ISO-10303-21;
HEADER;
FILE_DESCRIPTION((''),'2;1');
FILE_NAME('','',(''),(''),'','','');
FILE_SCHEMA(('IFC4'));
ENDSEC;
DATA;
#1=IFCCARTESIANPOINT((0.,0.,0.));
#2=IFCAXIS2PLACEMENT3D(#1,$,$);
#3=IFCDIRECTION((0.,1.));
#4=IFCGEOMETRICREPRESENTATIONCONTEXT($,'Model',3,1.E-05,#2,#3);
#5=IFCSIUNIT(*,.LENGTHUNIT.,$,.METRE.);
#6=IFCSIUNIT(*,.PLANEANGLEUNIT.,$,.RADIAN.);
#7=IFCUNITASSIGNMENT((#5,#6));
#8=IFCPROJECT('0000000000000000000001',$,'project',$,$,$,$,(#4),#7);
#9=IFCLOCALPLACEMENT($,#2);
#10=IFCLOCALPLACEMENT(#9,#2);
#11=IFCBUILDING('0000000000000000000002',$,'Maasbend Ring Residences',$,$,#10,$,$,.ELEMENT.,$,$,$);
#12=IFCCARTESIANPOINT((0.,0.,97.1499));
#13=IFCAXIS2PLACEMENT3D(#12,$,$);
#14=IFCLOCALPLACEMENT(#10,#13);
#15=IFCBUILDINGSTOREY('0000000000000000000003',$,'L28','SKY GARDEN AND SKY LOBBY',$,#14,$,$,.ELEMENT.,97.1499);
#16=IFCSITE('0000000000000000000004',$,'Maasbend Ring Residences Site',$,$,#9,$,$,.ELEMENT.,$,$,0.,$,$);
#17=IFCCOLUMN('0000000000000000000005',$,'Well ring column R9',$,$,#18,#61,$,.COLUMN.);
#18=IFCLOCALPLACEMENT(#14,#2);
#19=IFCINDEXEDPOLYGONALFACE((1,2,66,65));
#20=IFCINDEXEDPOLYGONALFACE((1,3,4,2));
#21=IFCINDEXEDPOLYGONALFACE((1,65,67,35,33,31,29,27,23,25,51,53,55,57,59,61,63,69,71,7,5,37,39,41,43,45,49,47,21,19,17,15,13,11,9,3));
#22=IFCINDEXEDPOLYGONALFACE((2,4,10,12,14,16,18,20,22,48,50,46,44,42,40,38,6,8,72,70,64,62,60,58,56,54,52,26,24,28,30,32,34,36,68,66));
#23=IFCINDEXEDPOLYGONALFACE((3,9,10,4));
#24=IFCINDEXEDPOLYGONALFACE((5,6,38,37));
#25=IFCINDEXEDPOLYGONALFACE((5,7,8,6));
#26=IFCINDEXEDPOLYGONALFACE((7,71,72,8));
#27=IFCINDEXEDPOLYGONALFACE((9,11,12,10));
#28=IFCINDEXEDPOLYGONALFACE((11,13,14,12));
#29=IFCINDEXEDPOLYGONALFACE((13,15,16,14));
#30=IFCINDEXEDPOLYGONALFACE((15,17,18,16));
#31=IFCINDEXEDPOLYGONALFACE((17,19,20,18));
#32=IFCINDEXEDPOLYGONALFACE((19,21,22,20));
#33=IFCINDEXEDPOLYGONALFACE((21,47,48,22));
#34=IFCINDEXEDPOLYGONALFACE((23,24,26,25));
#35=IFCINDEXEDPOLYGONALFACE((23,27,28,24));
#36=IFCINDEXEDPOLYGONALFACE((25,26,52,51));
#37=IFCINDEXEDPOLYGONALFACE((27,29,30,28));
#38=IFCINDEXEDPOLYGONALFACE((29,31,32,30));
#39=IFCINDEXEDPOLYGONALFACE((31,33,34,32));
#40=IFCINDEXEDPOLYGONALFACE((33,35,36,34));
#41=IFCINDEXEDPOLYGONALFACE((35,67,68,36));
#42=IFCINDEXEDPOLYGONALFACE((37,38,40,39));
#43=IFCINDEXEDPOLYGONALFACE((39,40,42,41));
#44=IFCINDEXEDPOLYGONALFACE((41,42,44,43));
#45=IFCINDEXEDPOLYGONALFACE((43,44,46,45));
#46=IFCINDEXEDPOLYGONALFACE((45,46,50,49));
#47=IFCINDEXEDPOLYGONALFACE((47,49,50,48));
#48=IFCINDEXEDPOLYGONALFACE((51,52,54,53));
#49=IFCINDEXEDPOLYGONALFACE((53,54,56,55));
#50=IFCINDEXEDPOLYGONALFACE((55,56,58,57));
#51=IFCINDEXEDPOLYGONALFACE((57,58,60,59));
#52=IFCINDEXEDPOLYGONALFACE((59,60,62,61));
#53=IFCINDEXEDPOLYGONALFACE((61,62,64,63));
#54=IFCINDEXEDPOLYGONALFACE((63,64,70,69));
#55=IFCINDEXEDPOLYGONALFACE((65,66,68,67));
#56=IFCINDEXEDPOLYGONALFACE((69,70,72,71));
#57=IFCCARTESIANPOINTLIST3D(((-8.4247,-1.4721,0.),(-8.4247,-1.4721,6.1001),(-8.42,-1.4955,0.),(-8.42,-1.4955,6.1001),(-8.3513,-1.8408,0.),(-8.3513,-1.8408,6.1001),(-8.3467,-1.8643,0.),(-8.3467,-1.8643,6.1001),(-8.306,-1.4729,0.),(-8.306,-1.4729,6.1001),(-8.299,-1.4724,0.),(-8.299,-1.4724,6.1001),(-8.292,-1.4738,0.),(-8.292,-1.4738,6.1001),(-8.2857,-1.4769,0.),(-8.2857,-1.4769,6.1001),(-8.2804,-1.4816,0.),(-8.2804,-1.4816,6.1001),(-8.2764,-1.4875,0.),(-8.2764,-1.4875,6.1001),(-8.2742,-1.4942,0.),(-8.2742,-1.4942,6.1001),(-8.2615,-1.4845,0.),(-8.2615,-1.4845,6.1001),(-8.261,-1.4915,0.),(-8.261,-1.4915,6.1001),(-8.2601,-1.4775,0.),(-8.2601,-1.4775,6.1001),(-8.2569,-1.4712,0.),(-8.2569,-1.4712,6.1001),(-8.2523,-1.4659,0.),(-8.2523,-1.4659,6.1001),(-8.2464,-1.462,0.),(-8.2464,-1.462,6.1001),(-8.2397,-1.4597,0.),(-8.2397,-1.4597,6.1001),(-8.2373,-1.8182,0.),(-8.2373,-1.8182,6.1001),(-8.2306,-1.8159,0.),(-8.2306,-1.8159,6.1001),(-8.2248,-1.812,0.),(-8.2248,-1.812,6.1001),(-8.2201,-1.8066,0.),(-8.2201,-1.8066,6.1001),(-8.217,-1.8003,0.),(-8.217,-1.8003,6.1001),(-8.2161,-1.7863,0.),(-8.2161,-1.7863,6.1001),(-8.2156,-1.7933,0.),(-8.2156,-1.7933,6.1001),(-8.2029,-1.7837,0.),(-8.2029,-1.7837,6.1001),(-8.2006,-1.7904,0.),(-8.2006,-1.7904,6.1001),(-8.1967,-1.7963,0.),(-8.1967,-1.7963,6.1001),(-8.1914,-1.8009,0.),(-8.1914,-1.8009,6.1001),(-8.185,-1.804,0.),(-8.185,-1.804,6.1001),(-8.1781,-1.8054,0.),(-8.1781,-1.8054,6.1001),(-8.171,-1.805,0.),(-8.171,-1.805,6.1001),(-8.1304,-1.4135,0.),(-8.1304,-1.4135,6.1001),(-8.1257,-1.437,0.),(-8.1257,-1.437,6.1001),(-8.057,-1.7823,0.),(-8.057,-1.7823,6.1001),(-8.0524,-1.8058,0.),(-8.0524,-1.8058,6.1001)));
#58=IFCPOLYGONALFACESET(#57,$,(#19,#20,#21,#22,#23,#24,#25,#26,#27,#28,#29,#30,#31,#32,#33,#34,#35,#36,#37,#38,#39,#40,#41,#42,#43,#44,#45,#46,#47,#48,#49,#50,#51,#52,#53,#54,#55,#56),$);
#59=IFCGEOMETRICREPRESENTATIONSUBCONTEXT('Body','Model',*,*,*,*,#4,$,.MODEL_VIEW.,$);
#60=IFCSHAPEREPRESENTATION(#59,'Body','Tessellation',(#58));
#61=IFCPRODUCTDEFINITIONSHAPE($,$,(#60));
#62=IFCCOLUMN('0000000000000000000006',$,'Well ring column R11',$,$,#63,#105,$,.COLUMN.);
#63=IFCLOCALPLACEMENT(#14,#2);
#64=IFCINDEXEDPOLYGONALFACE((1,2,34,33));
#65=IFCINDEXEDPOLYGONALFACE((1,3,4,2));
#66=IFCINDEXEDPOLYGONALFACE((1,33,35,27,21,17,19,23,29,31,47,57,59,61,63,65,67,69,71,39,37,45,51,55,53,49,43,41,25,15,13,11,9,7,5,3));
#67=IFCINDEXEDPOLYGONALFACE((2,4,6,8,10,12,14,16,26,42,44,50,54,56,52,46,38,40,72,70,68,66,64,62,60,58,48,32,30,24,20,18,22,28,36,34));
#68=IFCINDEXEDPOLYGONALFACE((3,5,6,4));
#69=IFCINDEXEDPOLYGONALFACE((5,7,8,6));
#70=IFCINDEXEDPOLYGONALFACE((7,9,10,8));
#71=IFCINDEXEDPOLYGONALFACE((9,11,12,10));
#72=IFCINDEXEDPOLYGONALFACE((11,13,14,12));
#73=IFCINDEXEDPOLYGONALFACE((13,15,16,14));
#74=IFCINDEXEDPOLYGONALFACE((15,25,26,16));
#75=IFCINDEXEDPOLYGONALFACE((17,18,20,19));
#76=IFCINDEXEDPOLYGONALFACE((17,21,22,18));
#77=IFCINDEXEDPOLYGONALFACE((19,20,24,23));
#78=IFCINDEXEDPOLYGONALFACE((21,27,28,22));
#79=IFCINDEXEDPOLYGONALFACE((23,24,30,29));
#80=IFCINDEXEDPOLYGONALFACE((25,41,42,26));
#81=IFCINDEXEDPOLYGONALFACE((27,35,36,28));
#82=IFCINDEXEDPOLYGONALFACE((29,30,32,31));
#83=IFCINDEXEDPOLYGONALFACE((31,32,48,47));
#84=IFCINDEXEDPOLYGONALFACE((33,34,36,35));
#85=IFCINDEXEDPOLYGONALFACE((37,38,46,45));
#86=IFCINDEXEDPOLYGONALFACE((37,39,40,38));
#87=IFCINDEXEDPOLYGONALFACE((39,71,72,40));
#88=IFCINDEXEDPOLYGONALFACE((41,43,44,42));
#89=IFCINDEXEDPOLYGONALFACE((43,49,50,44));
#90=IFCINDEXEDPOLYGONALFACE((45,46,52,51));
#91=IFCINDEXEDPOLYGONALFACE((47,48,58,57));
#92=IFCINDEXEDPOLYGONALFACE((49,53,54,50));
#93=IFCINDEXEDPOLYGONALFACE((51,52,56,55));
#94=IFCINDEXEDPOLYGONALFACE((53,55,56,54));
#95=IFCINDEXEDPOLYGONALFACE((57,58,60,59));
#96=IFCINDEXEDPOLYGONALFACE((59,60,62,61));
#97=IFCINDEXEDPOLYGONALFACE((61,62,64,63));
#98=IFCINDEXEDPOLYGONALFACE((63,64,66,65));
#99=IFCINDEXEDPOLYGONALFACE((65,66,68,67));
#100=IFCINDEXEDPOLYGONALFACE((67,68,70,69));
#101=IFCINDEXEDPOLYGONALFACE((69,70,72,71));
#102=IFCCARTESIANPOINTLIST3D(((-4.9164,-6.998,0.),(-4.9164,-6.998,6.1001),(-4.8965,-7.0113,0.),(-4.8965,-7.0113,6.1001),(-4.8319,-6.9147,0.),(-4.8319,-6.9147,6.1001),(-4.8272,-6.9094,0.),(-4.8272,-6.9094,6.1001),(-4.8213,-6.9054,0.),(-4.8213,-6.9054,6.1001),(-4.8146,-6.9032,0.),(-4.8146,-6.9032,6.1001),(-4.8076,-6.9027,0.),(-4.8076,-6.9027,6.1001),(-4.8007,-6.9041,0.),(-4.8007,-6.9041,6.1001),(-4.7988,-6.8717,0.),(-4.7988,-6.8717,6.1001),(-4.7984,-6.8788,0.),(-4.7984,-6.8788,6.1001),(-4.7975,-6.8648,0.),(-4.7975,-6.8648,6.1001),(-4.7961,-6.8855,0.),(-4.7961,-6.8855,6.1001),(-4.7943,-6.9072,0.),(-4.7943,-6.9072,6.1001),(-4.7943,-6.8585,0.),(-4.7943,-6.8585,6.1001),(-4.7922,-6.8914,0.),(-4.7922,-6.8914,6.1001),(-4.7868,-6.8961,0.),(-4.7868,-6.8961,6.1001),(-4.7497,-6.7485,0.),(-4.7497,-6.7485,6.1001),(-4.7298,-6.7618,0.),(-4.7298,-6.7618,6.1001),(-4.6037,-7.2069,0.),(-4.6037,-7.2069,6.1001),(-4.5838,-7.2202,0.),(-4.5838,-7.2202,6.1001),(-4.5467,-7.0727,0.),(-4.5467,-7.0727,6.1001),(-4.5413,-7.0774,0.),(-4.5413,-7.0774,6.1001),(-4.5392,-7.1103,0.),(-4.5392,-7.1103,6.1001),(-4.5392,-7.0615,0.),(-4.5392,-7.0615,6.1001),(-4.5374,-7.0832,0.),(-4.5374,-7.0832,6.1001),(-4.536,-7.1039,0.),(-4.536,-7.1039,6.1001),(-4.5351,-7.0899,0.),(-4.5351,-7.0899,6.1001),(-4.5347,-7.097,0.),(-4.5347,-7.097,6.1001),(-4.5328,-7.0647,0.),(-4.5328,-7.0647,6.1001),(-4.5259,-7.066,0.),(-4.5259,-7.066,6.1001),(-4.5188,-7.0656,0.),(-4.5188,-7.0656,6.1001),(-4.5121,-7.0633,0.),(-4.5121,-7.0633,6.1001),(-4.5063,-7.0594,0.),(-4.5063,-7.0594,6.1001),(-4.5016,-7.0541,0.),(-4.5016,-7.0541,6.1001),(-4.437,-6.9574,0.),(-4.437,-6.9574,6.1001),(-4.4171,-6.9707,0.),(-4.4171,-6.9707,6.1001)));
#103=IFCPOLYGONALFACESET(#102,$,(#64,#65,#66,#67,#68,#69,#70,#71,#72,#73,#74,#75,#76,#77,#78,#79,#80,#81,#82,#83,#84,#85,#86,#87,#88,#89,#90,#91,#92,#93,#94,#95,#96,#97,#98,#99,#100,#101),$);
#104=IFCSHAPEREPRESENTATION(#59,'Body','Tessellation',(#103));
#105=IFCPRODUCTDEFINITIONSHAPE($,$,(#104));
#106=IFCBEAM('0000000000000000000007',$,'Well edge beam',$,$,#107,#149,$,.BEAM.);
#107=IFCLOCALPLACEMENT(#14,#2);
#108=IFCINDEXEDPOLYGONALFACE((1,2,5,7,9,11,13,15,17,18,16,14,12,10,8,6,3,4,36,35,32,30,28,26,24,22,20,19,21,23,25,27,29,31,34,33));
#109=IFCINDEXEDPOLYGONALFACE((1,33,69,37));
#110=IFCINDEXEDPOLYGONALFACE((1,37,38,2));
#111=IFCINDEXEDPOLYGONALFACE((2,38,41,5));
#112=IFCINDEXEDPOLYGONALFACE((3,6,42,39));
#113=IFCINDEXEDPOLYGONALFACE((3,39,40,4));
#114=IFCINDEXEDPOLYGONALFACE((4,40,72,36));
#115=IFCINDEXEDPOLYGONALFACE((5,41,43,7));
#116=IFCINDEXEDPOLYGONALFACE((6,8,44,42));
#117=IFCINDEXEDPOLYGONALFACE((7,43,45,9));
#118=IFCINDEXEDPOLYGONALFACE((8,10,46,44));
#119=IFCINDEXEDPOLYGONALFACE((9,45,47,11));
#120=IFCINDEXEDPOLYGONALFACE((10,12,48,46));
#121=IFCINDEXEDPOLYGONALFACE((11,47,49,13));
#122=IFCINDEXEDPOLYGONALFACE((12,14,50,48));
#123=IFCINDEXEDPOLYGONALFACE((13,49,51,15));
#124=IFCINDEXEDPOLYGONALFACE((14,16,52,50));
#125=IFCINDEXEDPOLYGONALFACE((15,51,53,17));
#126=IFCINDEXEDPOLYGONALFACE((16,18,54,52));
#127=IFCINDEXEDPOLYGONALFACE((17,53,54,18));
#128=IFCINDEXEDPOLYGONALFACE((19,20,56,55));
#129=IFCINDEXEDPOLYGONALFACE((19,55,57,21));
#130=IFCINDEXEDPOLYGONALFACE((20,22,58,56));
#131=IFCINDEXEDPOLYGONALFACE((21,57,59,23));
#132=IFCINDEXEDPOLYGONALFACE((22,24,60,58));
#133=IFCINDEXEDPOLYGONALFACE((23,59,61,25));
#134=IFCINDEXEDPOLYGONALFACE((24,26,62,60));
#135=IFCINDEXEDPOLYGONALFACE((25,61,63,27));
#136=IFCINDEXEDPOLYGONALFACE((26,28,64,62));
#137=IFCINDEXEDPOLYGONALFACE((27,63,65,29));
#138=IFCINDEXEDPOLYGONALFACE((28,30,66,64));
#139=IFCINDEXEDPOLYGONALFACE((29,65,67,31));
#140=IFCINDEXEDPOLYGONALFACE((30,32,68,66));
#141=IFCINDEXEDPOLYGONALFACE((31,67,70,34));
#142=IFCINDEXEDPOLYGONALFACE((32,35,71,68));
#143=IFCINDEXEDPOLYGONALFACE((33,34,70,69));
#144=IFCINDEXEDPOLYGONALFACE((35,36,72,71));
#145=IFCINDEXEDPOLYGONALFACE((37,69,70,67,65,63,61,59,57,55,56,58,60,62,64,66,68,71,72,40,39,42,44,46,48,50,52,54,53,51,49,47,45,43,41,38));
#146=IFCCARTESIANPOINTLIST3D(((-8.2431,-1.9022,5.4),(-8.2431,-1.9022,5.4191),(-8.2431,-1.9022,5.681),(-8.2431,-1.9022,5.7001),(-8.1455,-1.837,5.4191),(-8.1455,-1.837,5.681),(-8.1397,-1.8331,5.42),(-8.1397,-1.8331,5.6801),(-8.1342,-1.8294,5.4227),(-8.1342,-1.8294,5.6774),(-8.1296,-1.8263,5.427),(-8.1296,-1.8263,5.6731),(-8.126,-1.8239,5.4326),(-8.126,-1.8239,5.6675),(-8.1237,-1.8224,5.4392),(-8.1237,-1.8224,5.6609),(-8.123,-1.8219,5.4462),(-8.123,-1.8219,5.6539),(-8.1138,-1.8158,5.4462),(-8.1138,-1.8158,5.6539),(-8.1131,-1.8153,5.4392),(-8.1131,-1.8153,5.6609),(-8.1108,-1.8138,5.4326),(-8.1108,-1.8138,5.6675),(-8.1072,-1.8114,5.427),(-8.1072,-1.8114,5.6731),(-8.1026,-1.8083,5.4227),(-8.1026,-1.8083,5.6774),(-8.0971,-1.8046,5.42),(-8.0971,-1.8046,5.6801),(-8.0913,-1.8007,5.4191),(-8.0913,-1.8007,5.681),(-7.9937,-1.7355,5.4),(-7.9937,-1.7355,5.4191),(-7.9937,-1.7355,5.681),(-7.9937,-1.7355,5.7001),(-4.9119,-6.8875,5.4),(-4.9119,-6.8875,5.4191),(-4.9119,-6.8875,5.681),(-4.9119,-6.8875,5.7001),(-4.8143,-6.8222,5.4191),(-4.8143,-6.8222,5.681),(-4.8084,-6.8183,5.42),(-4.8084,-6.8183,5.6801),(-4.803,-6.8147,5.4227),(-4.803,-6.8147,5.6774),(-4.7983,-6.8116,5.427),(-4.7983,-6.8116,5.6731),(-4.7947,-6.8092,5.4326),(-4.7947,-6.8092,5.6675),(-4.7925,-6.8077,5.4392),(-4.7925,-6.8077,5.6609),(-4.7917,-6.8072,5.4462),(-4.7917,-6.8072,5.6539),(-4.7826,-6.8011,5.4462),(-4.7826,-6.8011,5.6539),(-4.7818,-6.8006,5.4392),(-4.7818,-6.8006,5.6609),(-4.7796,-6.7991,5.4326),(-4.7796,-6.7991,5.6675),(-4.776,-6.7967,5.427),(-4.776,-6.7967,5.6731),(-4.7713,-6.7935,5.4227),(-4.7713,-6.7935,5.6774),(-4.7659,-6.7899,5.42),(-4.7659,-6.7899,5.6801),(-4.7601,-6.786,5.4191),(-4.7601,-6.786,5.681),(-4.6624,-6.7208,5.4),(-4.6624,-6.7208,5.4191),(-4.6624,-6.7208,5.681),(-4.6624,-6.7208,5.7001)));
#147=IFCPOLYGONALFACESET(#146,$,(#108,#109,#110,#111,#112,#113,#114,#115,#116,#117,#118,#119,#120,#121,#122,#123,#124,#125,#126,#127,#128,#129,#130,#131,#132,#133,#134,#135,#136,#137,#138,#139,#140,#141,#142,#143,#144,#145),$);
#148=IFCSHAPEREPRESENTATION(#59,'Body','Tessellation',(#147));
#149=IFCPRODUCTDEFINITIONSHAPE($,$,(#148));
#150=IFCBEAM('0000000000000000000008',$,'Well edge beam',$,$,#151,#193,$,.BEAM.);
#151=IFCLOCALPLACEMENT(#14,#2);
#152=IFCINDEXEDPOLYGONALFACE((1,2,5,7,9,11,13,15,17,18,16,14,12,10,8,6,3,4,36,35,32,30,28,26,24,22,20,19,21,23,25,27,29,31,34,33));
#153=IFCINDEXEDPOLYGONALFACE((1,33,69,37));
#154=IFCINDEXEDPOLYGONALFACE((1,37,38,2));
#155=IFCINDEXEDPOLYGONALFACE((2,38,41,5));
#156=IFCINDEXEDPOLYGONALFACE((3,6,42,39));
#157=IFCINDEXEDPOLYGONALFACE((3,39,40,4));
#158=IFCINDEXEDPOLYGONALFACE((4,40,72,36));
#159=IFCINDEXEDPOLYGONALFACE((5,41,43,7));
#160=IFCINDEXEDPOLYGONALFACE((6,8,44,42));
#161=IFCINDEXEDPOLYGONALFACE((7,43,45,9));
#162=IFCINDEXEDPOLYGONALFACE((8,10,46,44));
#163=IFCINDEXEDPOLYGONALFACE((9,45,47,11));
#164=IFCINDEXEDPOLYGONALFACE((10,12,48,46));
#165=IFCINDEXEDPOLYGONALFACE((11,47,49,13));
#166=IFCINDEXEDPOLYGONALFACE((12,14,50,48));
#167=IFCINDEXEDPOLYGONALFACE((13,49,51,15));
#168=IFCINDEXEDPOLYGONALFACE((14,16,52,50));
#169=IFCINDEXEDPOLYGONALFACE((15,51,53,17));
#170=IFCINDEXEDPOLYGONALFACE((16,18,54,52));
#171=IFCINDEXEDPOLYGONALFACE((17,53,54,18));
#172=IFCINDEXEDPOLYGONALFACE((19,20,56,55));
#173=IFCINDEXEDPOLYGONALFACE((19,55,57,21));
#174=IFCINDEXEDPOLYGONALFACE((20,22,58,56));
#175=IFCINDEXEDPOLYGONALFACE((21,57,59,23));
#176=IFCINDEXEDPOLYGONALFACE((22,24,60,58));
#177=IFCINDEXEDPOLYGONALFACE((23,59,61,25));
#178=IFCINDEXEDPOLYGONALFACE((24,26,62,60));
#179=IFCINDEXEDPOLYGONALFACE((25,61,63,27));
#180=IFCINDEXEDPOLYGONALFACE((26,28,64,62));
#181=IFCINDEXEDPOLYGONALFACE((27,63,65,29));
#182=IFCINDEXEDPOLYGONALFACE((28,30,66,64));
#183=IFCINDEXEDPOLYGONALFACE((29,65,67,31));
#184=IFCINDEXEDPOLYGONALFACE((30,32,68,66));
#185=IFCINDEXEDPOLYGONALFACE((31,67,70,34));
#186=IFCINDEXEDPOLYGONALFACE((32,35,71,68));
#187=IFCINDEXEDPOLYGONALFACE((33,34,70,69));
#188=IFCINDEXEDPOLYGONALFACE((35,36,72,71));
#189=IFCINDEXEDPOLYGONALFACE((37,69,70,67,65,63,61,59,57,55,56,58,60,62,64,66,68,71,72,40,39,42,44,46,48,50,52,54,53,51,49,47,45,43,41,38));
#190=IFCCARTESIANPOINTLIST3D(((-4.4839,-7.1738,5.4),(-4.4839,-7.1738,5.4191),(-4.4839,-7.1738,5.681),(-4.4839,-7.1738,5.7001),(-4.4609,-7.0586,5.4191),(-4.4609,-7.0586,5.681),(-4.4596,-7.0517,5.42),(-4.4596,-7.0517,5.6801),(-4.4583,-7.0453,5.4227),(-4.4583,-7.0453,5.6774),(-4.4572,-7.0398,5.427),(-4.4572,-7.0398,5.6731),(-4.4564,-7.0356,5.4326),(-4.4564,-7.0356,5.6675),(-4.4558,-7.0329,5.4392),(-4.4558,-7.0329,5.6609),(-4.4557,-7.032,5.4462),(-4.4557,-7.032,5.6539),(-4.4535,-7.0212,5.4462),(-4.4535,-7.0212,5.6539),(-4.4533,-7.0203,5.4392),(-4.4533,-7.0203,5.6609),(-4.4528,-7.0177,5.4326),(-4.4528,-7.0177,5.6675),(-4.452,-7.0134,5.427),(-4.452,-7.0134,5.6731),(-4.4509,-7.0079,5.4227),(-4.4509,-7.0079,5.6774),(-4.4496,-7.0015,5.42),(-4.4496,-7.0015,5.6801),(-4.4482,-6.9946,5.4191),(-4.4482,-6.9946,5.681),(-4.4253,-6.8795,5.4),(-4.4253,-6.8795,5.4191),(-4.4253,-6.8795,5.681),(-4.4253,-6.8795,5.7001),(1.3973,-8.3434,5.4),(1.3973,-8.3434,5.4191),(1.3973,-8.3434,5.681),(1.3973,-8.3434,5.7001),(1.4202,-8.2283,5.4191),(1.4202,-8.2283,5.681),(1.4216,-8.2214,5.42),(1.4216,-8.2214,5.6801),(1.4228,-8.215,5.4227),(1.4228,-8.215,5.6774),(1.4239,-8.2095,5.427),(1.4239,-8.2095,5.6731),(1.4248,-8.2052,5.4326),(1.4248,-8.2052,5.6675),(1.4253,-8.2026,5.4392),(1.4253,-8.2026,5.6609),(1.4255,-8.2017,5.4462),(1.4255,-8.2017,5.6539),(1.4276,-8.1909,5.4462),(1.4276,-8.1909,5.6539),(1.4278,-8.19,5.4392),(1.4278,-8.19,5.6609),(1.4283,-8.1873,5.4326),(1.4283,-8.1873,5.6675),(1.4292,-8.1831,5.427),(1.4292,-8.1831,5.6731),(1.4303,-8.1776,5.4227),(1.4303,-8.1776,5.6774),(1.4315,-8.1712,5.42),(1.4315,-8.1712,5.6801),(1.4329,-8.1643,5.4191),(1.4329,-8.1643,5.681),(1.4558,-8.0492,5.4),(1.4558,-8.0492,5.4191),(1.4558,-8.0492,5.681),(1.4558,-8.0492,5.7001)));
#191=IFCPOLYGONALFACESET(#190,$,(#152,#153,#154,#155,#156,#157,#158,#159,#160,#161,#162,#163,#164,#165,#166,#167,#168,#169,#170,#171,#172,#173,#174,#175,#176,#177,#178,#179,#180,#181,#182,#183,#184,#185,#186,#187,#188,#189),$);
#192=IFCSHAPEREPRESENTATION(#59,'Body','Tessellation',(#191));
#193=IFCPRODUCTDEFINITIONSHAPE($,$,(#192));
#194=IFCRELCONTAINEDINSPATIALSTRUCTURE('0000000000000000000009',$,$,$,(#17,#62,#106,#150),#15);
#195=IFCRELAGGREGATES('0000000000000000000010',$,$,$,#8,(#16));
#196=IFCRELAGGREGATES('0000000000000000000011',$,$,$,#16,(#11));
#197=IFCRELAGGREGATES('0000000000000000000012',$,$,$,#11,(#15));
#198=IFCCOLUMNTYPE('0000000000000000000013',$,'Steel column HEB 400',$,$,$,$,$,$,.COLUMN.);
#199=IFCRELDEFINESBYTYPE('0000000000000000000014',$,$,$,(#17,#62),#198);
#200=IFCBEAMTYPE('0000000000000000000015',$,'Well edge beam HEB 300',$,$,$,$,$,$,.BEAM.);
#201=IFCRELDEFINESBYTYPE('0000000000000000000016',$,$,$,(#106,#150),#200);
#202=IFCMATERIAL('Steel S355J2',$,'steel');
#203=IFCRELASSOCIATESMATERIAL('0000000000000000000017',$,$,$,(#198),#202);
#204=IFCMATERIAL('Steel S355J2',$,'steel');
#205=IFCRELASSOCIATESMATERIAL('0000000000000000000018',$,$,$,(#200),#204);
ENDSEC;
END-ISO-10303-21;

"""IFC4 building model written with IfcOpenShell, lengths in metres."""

from ifc_helpers import new_model, si_unit, direction, frame, origin, origin_2d, place, context, subcontext, project, spatial, i_section, extrude, material, material_profile, profile_set, type_object, element, save


model = new_model("IFC4")

# Units and contexts
model_context = context("Model", 3, precision=1e-05, world=origin(), true_north=direction((0.0, 1.0)))
body_context = subcontext(model_context, "Body", "Model", "MODEL_VIEW")
ifc_project = project(units=[si_unit("LENGTHUNIT", "METRE"), si_unit("PLANEANGLEUNIT", "RADIAN")], contexts=[model_context])

# Site, building, storey
site_placement = place(None, origin())
site = spatial("IfcSite", under=ifc_project, at=site_placement, Name="Maasbend Ring Residences Site", CompositionType="ELEMENT", RefElevation=0.0)
building_placement = place(site_placement, origin())
building = spatial("IfcBuilding", under=site, at=building_placement, Name="Maasbend Ring Residences", CompositionType="ELEMENT")
storey_placement = place(building_placement, frame((0.0, 0.0, 97.1499)))
storey = spatial("IfcBuildingStorey", under=building, at=storey_placement, Name="L28", Description="SKY GARDEN AND SKY LOBBY", CompositionType="ELEMENT", Elevation=97.1499)

# Columns
ifc_material_1 = material(Name="Steel S355J2", Category="steel")
ifc_material_profile_1 = material_profile(ifc_material_1, i_section(OverallWidth=0.3, OverallDepth=0.3999, WebThickness=0.0134, FlangeThickness=0.0239, FilletRadius=0.0271, at=origin_2d()), Name="HEB 400")
ifc_profile_set_1 = profile_set([ifc_material_profile_1], Name="Steel S355J2")
column_type = type_object("IfcColumnType", Name="Steel column HEB 400", PredefinedType="COLUMN", material=ifc_profile_set_1)
for number, where, z_axis, x_axis, name in (
    (1, (-8.2385, -1.6389, 0.0), (0.0, 0.0, 1.0), (-0.980785, -0.19509, 0.0), "Well ring column R9"),
    (2, (-4.6667, -6.9844, 0.0), (0.0, 0.0, 1.0), (-0.55557, -0.83147, 0.0), "Well ring column R11"),
):
    element("IfcColumn", number, at=place(storey_placement, frame(where, z_axis=z_axis, x_axis=x_axis)), inside=storey, type_object=column_type, Name=name, PredefinedType="COLUMN", context=body_context, shape_type="SweptSolid", body=[
        extrude(i_section(OverallWidth=0.3, OverallDepth=0.3999, WebThickness=0.0134, FlangeThickness=0.0239, FilletRadius=0.0271, at=origin_2d()), origin(), (0.0, 0.0, 1.0), 6.1001),
    ])

# Beams
ifc_material_2 = material(Name="Steel S355J2", Category="steel")
ifc_material_profile_2 = material_profile(ifc_material_2, i_section(OverallWidth=0.3, OverallDepth=0.3, WebThickness=0.011, FlangeThickness=0.019, FilletRadius=0.0271, at=origin_2d()), Name="HEB 300")
ifc_profile_set_2 = profile_set([ifc_material_profile_2], Name="Steel S355J2")
beam_type = type_object("IfcBeamType", Name="Well edge beam HEB 300", PredefinedType="BEAM", material=ifc_profile_set_2)
beam_1_placement = place(storey_placement, frame((-8.1184, -1.8188, 5.55), z_axis=(0.555593, -0.831455, 0.0), x_axis=(0.831455, 0.555593, 0.0)))
element("IfcBeam", 3, at=beam_1_placement, inside=storey, type_object=beam_type, Name="Well edge beam", PredefinedType="BEAM", context=body_context, shape_type="SweptSolid", body=[
    extrude(i_section(OverallWidth=0.3, OverallDepth=0.3, WebThickness=0.011, FlangeThickness=0.019, FilletRadius=0.0271, at=origin_2d()), origin(), (0.0, 0.0, 1.0), 5.9958),
])
beam_2_placement = place(storey_placement, frame((-4.4546, -7.0266, 5.55), z_axis=(0.98079, -0.195067, 0.0), x_axis=(0.195067, 0.98079, 0.0)))
element("IfcBeam", 4, at=beam_2_placement, inside=storey, type_object=beam_type, Name="Well edge beam", PredefinedType="BEAM", context=body_context, shape_type="SweptSolid", body=[
    extrude(i_section(OverallWidth=0.3, OverallDepth=0.3, WebThickness=0.011, FlangeThickness=0.019, FilletRadius=0.0271, at=origin_2d()), origin(), (0.0, 0.0, 1.0), 5.9963),
])

save(model, "model.ifc")
